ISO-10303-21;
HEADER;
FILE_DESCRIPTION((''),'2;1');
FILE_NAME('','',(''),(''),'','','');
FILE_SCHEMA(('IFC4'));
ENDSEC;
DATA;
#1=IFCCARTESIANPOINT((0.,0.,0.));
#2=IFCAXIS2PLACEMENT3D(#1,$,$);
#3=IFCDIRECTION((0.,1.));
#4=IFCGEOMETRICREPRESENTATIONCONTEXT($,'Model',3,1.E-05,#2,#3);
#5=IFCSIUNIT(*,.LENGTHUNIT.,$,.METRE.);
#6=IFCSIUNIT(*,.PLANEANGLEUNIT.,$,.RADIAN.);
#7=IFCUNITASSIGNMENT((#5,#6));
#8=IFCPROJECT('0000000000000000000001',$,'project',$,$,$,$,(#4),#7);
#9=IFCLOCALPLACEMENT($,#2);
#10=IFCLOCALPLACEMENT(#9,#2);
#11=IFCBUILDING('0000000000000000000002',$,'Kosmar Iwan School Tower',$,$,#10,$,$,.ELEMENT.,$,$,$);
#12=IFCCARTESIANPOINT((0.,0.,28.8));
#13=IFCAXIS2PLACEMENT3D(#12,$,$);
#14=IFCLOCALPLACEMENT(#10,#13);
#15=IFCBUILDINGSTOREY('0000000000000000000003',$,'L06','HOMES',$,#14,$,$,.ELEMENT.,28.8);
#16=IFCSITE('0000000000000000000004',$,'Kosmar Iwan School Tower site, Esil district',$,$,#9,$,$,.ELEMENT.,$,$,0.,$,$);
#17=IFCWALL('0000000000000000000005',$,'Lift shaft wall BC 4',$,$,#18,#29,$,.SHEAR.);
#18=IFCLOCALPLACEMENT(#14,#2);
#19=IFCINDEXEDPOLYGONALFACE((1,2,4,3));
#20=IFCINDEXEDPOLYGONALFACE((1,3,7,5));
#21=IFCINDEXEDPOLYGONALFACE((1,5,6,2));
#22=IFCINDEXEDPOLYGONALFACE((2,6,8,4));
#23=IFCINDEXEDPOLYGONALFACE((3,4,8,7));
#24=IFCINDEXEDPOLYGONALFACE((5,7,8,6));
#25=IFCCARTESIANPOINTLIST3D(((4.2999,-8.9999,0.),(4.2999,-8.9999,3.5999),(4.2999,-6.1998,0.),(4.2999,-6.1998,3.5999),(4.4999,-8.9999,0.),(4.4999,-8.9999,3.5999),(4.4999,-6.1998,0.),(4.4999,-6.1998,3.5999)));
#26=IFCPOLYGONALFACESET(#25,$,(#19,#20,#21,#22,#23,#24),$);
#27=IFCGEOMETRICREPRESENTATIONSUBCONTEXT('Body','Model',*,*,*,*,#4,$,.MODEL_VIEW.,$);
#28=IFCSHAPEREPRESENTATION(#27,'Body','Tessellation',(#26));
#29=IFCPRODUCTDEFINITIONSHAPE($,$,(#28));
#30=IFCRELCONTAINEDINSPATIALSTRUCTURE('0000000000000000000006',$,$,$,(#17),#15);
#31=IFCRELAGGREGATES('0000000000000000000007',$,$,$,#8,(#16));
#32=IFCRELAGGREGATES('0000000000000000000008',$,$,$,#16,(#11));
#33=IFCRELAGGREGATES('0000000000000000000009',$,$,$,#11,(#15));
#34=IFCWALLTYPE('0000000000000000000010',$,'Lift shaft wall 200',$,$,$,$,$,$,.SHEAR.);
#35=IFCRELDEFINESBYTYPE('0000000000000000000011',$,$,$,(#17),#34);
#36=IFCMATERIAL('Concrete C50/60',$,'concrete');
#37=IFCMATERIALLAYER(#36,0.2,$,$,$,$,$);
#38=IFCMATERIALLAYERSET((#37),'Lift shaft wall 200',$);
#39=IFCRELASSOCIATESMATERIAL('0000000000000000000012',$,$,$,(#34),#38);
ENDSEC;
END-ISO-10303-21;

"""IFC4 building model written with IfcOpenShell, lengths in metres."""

from ifc_helpers import new_model, si_unit, direction, frame, frame_2d, origin, place, context, subcontext, project, spatial, rectangle, extrude, material, layer, layer_set, type_object, element, save


model = new_model("IFC4")

# Units and contexts
model_context = context("Model", 3, precision=1e-05, world=origin(), true_north=direction((0.0, 1.0)))
body_context = subcontext(model_context, "Body", "Model", "MODEL_VIEW")
ifc_project = project(units=[si_unit("LENGTHUNIT", "METRE"), si_unit("PLANEANGLEUNIT", "RADIAN")], contexts=[model_context])

# Site, building, storey
site_placement = place(None, origin())
site = spatial("IfcSite", under=ifc_project, at=site_placement, Name="Kosmar Iwan School Tower site, Esil district", CompositionType="ELEMENT", RefElevation=0.0)
building_placement = place(site_placement, origin())
building = spatial("IfcBuilding", under=site, at=building_placement, Name="Kosmar Iwan School Tower", CompositionType="ELEMENT")
storey_placement = place(building_placement, frame((0.0, 0.0, 28.8)))
storey = spatial("IfcBuildingStorey", under=building, at=storey_placement, Name="L06", Description="HOMES", CompositionType="ELEMENT", Elevation=28.8)

# Wall
ifc_material_1 = material(Name="Concrete C50/60", Category="concrete")
ifc_layer_1 = layer(ifc_material_1, 0.2)
ifc_layer_set_1 = layer_set([ifc_layer_1], Name="Lift shaft wall 200")
wall_type_1 = type_object("IfcWallType", Name="Lift shaft wall 200", PredefinedType="SHEAR", material=ifc_layer_set_1)
for number, where, z_axis, x_axis, name in (
    (1, (4.3999, -6.2, 0.0), (0.0, 0.0, 1.0), (0.0, -1.0, 0.0), "Lift shaft wall BC 4"),
):
    element("IfcWall", number, at=place(storey_placement, frame(where, z_axis=z_axis, x_axis=x_axis)), inside=storey, type_object=wall_type_1, Name=name, PredefinedType="SHEAR", context=body_context, shape_type="SweptSolid", body=[
        extrude(rectangle(XDim=2.8, YDim=0.2, at=frame_2d((1.3999, 0.0))), origin(), (0.0, 0.0, 1.0), 3.5999),
    ])

save(model, "model.ifc")
